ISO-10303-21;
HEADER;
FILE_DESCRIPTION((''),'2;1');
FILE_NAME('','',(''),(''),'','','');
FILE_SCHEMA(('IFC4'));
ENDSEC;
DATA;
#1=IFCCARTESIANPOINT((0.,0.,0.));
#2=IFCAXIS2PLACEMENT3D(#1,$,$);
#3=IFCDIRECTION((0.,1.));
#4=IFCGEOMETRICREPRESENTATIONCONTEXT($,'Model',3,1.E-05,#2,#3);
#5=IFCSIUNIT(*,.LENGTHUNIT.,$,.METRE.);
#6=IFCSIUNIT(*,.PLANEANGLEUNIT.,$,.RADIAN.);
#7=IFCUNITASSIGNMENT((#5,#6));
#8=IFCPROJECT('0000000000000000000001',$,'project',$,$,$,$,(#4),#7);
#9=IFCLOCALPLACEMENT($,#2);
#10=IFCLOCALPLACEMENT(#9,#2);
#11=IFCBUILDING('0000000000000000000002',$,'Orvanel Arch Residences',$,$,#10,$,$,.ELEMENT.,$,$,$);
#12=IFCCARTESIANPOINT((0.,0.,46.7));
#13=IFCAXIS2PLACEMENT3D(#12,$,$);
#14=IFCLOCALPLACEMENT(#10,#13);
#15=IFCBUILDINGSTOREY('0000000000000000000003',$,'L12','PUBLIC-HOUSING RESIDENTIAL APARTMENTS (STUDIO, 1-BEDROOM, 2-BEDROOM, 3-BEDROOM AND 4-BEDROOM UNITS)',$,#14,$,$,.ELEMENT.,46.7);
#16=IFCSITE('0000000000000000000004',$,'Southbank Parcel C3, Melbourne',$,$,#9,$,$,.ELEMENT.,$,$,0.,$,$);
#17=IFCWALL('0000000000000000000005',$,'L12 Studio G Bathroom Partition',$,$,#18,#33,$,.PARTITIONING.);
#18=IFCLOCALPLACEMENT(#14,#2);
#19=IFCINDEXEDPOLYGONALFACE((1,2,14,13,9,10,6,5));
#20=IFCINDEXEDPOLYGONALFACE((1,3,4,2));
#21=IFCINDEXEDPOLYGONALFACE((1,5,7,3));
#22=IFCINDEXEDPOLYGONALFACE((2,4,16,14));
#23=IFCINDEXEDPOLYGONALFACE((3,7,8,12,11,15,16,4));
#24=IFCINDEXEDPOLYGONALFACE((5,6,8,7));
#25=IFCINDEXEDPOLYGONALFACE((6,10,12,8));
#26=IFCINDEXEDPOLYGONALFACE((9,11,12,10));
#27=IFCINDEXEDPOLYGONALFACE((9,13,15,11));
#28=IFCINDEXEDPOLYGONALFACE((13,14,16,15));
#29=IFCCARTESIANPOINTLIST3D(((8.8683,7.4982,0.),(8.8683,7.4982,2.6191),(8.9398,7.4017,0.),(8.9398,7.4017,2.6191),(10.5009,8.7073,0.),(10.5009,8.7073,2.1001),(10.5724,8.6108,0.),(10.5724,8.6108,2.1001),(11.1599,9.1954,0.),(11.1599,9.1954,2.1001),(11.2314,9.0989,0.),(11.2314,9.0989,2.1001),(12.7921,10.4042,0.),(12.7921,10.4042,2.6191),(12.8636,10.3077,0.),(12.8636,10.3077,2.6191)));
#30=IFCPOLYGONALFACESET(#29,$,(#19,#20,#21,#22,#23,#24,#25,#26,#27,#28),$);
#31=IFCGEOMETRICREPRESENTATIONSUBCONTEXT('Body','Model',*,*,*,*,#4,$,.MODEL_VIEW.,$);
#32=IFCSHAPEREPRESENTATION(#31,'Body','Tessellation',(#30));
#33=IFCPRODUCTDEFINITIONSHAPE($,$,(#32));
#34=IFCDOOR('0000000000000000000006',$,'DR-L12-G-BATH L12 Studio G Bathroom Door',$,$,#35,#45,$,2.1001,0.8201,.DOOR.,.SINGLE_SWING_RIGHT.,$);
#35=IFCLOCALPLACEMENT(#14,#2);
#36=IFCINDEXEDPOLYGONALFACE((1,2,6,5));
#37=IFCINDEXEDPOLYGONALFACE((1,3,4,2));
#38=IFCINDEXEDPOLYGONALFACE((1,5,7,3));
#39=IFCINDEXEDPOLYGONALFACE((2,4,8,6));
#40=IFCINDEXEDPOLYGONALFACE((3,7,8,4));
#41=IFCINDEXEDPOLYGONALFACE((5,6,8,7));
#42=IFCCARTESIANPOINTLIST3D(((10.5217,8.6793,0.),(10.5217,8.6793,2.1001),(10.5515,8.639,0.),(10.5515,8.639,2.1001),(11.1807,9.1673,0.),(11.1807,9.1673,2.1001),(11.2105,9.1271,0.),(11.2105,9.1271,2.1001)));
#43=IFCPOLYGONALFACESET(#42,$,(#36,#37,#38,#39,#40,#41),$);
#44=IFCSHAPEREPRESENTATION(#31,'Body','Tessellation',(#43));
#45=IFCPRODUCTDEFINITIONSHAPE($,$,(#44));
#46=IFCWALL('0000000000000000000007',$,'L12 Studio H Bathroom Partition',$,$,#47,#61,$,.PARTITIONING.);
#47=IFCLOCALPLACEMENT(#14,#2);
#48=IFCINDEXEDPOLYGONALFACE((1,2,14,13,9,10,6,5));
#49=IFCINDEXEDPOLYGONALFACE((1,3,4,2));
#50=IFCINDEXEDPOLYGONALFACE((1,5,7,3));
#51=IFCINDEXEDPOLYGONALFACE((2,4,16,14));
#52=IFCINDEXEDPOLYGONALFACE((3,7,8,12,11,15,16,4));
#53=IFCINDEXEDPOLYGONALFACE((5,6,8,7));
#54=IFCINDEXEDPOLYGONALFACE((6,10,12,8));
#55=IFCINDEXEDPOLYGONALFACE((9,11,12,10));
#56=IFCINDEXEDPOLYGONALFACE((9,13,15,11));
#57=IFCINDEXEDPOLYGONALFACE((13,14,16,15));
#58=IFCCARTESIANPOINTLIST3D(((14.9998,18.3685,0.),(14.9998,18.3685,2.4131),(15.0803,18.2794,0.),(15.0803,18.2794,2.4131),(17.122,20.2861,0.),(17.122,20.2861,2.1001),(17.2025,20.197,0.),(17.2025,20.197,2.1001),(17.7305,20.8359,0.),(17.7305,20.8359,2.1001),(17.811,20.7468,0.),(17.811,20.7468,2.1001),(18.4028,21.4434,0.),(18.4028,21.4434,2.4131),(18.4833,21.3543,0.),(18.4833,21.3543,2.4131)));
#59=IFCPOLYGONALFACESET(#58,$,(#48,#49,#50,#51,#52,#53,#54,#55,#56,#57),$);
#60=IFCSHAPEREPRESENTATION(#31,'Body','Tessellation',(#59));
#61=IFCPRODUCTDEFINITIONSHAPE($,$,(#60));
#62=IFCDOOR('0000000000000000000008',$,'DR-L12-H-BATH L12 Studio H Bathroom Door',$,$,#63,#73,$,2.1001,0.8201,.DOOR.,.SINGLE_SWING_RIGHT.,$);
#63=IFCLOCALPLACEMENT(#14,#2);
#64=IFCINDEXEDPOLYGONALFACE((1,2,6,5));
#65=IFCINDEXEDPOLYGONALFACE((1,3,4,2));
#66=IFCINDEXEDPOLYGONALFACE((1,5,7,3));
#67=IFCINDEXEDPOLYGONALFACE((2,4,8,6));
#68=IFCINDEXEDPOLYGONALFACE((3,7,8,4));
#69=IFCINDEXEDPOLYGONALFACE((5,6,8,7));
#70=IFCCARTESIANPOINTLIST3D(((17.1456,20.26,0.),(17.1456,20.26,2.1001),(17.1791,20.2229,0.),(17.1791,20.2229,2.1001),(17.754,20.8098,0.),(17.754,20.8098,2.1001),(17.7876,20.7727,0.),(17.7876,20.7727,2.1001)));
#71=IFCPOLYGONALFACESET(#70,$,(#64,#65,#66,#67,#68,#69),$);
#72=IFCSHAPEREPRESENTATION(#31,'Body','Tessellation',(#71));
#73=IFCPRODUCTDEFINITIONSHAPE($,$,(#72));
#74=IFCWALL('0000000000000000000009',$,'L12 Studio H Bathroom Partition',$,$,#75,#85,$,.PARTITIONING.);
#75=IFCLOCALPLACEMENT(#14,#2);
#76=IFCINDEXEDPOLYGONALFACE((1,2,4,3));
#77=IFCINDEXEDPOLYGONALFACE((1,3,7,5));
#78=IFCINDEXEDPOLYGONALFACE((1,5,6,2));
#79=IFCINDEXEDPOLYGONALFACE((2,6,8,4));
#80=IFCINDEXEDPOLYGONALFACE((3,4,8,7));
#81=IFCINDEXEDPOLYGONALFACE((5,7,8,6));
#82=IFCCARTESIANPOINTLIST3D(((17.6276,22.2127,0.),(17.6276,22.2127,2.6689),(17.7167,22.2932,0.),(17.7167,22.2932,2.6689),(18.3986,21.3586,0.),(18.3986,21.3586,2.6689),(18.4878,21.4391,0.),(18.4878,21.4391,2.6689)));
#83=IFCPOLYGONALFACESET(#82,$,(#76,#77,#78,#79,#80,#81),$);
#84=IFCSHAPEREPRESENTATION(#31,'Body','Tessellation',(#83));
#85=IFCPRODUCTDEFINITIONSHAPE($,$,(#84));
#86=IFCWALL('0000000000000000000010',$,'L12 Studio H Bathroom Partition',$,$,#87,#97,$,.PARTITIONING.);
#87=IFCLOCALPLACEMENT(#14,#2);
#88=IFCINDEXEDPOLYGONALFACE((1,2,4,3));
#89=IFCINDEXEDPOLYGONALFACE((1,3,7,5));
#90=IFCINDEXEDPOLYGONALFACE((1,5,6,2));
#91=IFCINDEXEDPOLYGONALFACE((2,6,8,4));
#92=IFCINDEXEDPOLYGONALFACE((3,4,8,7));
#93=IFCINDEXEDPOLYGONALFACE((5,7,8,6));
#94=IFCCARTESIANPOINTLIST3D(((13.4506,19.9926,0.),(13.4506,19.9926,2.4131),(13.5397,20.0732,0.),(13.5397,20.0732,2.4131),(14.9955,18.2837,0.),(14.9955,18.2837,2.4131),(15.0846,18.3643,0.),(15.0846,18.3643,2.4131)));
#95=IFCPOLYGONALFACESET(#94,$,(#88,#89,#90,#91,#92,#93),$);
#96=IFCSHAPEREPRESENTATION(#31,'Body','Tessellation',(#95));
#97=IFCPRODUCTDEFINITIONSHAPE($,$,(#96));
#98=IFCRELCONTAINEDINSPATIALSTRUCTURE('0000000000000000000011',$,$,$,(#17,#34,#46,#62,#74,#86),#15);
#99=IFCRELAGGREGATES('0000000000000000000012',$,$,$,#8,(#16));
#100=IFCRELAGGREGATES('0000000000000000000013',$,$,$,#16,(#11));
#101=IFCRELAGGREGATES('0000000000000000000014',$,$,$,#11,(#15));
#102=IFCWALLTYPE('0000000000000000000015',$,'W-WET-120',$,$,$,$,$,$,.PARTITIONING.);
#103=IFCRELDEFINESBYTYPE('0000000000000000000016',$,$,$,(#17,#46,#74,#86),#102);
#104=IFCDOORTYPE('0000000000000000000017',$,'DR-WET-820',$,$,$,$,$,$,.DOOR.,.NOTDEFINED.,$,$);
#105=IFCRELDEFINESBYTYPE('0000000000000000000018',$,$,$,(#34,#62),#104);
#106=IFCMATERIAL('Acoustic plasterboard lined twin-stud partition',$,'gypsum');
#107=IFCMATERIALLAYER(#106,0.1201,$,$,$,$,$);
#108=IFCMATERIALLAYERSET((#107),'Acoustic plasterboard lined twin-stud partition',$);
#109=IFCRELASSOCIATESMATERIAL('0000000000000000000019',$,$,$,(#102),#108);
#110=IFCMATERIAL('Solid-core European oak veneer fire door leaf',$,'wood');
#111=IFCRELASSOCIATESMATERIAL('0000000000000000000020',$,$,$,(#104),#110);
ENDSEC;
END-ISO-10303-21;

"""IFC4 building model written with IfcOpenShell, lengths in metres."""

from ifc_helpers import new_model, si_unit, direction, frame, frame_2d, origin, place, context, subcontext, project, spatial, rectangle, extrude, material, layer, layer_set, type_object, element, fill, save


model = new_model("IFC4")

# Units and contexts
model_context = context("Model", 3, precision=1e-05, world=origin(), true_north=direction((0.0, 1.0)))
body_context = subcontext(model_context, "Body", "Model", "MODEL_VIEW")
ifc_project = project(units=[si_unit("LENGTHUNIT", "METRE"), si_unit("PLANEANGLEUNIT", "RADIAN")], contexts=[model_context])

# Site, building, storey
site_placement = place(None, origin())
site = spatial("IfcSite", under=ifc_project, at=site_placement, Name="Southbank Parcel C3, Melbourne", CompositionType="ELEMENT", RefElevation=0.0)
building_placement = place(site_placement, origin())
building = spatial("IfcBuilding", under=site, at=building_placement, Name="Orvanel Arch Residences", CompositionType="ELEMENT")
storey_placement = place(building_placement, frame((0.0, 0.0, 46.7)))
storey = spatial("IfcBuildingStorey", under=building, at=storey_placement, Name="L12", Description="PUBLIC-HOUSING RESIDENTIAL APARTMENTS (STUDIO, 1-BEDROOM, 2-BEDROOM, 3-BEDROOM AND 4-BEDROOM UNITS)", CompositionType="ELEMENT", Elevation=46.7)

# Shared definitions
ifc_material_1 = material(Name="Solid-core European oak veneer fire door leaf", Category="wood")

# Shared definitions
ifc_material_2 = material(Name="Acoustic plasterboard lined twin-stud partition", Category="gypsum")
ifc_layer_1 = layer(ifc_material_2, 0.1201)
ifc_layer_set_1 = layer_set([ifc_layer_1], Name="Acoustic plasterboard lined twin-stud partition")
wall_type_1 = type_object("IfcWallType", Name="W-WET-120", PredefinedType="PARTITIONING", material=ifc_layer_set_1)

# Walls, openings, doors
wall_1_placement = place(storey_placement, frame((12.8279, 10.356, 0.0), z_axis=(0.0, 0.0, 1.0), x_axis=(-0.803609, -0.595157, 0.0)))
wall_1 = element("IfcWall", 1, at=wall_1_placement, inside=storey, type_object=wall_type_1, Name="L12 Studio G Bathroom Partition", PredefinedType="PARTITIONING", context=body_context, shape_type="SweptSolid", body=[
    extrude(rectangle(XDim=4.8828, YDim=0.1201, at=frame_2d((2.4414, 0.0))), origin(), (0.0, 0.0, 1.0), 2.6191),
])
opening_1_placement = place(wall_1_placement, frame((2.031, 0.0, 0.0)))
opening_1 = element("IfcOpeningElement", 2, at=opening_1_placement, cuts=wall_1, PredefinedType="OPENING", context=body_context, shape_type="SweptSolid", body=[
    extrude(rectangle(XDim=0.8201, YDim=2.1001, at=frame_2d((0.4102, 1.05))), frame((0.0, 0.0701, 0.0), z_axis=(0.0, -1.0, 0.0), x_axis=(1.0, 0.0, 0.0)), (0.0, 0.0, 1.0), 0.1401),
])
door_type_1 = type_object("IfcDoorType", Name="DR-WET-820", OperationType="NOTDEFINED", PredefinedType="DOOR", material=ifc_material_1)
door_1_placement = place(opening_1_placement, origin())
door_1 = element("IfcDoor", 3, at=door_1_placement, inside=storey, type_object=door_type_1, Name="DR-L12-G-BATH L12 Studio G Bathroom Door", OperationType="SINGLE_SWING_RIGHT", OverallHeight=2.1001, OverallWidth=0.8201, PredefinedType="DOOR", context=body_context, shape_type="SweptSolid", body=[
    extrude(rectangle(XDim=0.8201, YDim=2.1001, at=frame_2d((0.4102, 1.05))), frame((0.0, 0.0249, 0.0), z_axis=(0.0, -1.0, 0.0), x_axis=(1.0, 0.0, 0.0)), (0.0, 0.0, 1.0), 0.05),
])
fill(opening_1, door_1)
wall_2_placement = place(storey_placement, frame((15.04, 18.324, 0.0), z_axis=(0.0, 0.0, 1.0), x_axis=(0.741972, 0.670431, 0.0)))
wall_2 = element("IfcWall", 4, at=wall_2_placement, inside=storey, type_object=wall_type_1, Name="L12 Studio H Bathroom Partition", PredefinedType="PARTITIONING", context=body_context, shape_type="SweptSolid", body=[
    extrude(rectangle(XDim=4.5864, YDim=0.1201, at=frame_2d((2.2932, 0.0))), origin(), (0.0, 0.0, 1.0), 2.4131),
])
opening_2_placement = place(wall_2_placement, frame((2.8601, 0.0, 0.0)))
opening_2 = element("IfcOpeningElement", 5, at=opening_2_placement, cuts=wall_2, PredefinedType="OPENING", context=body_context, shape_type="SweptSolid", body=[
    extrude(rectangle(XDim=0.8201, YDim=2.1001, at=frame_2d((0.4102, 1.05))), frame((0.0, 0.0701, 0.0), z_axis=(0.0, -1.0, 0.0), x_axis=(1.0, 0.0, 0.0)), (0.0, 0.0, 1.0), 0.1401),
])
door_2_placement = place(opening_2_placement, origin())
door_2 = element("IfcDoor", 6, at=door_2_placement, inside=storey, type_object=door_type_1, Name="DR-L12-H-BATH L12 Studio H Bathroom Door", OperationType="SINGLE_SWING_RIGHT", OverallHeight=2.1001, OverallWidth=0.8201, PredefinedType="DOOR", context=body_context, shape_type="SweptSolid", body=[
    extrude(rectangle(XDim=0.8201, YDim=2.1001, at=frame_2d((0.4102, 1.05))), frame((0.0, 0.0249, 0.0), z_axis=(0.0, -1.0, 0.0), x_axis=(1.0, 0.0, 0.0)), (0.0, 0.0, 1.0), 0.05),
])
fill(opening_2, door_2)

# Walls
wall_3_placement = place(storey_placement, frame((18.4431, 21.3989, 0.0), z_axis=(0.0, 0.0, 1.0), x_axis=(-0.670113, 0.742259, 0.0)))
element("IfcWall", 7, at=wall_3_placement, inside=storey, type_object=wall_type_1, Name="L12 Studio H Bathroom Partition", PredefinedType="PARTITIONING", context=body_context, shape_type="SweptSolid", body=[
    extrude(rectangle(XDim=1.1506, YDim=0.1201, at=frame_2d((0.5752, 0.0))), origin(), (0.0, 0.0, 1.0), 2.6689),
])
wall_4_placement = place(storey_placement, frame((15.04, 18.324, 0.0), z_axis=(0.0, 0.0, 1.0), x_axis=(-0.670602, 0.741817, 0.0)))
element("IfcWall", 8, at=wall_4_placement, inside=storey, type_object=wall_type_1, Name="L12 Studio H Bathroom Partition", PredefinedType="PARTITIONING", context=body_context, shape_type="SweptSolid", body=[
    extrude(rectangle(XDim=2.3037, YDim=0.1201, at=frame_2d((1.1519, 0.0))), origin(), (0.0, 0.0, 1.0), 2.4131),
])

save(model, "model.ifc")
